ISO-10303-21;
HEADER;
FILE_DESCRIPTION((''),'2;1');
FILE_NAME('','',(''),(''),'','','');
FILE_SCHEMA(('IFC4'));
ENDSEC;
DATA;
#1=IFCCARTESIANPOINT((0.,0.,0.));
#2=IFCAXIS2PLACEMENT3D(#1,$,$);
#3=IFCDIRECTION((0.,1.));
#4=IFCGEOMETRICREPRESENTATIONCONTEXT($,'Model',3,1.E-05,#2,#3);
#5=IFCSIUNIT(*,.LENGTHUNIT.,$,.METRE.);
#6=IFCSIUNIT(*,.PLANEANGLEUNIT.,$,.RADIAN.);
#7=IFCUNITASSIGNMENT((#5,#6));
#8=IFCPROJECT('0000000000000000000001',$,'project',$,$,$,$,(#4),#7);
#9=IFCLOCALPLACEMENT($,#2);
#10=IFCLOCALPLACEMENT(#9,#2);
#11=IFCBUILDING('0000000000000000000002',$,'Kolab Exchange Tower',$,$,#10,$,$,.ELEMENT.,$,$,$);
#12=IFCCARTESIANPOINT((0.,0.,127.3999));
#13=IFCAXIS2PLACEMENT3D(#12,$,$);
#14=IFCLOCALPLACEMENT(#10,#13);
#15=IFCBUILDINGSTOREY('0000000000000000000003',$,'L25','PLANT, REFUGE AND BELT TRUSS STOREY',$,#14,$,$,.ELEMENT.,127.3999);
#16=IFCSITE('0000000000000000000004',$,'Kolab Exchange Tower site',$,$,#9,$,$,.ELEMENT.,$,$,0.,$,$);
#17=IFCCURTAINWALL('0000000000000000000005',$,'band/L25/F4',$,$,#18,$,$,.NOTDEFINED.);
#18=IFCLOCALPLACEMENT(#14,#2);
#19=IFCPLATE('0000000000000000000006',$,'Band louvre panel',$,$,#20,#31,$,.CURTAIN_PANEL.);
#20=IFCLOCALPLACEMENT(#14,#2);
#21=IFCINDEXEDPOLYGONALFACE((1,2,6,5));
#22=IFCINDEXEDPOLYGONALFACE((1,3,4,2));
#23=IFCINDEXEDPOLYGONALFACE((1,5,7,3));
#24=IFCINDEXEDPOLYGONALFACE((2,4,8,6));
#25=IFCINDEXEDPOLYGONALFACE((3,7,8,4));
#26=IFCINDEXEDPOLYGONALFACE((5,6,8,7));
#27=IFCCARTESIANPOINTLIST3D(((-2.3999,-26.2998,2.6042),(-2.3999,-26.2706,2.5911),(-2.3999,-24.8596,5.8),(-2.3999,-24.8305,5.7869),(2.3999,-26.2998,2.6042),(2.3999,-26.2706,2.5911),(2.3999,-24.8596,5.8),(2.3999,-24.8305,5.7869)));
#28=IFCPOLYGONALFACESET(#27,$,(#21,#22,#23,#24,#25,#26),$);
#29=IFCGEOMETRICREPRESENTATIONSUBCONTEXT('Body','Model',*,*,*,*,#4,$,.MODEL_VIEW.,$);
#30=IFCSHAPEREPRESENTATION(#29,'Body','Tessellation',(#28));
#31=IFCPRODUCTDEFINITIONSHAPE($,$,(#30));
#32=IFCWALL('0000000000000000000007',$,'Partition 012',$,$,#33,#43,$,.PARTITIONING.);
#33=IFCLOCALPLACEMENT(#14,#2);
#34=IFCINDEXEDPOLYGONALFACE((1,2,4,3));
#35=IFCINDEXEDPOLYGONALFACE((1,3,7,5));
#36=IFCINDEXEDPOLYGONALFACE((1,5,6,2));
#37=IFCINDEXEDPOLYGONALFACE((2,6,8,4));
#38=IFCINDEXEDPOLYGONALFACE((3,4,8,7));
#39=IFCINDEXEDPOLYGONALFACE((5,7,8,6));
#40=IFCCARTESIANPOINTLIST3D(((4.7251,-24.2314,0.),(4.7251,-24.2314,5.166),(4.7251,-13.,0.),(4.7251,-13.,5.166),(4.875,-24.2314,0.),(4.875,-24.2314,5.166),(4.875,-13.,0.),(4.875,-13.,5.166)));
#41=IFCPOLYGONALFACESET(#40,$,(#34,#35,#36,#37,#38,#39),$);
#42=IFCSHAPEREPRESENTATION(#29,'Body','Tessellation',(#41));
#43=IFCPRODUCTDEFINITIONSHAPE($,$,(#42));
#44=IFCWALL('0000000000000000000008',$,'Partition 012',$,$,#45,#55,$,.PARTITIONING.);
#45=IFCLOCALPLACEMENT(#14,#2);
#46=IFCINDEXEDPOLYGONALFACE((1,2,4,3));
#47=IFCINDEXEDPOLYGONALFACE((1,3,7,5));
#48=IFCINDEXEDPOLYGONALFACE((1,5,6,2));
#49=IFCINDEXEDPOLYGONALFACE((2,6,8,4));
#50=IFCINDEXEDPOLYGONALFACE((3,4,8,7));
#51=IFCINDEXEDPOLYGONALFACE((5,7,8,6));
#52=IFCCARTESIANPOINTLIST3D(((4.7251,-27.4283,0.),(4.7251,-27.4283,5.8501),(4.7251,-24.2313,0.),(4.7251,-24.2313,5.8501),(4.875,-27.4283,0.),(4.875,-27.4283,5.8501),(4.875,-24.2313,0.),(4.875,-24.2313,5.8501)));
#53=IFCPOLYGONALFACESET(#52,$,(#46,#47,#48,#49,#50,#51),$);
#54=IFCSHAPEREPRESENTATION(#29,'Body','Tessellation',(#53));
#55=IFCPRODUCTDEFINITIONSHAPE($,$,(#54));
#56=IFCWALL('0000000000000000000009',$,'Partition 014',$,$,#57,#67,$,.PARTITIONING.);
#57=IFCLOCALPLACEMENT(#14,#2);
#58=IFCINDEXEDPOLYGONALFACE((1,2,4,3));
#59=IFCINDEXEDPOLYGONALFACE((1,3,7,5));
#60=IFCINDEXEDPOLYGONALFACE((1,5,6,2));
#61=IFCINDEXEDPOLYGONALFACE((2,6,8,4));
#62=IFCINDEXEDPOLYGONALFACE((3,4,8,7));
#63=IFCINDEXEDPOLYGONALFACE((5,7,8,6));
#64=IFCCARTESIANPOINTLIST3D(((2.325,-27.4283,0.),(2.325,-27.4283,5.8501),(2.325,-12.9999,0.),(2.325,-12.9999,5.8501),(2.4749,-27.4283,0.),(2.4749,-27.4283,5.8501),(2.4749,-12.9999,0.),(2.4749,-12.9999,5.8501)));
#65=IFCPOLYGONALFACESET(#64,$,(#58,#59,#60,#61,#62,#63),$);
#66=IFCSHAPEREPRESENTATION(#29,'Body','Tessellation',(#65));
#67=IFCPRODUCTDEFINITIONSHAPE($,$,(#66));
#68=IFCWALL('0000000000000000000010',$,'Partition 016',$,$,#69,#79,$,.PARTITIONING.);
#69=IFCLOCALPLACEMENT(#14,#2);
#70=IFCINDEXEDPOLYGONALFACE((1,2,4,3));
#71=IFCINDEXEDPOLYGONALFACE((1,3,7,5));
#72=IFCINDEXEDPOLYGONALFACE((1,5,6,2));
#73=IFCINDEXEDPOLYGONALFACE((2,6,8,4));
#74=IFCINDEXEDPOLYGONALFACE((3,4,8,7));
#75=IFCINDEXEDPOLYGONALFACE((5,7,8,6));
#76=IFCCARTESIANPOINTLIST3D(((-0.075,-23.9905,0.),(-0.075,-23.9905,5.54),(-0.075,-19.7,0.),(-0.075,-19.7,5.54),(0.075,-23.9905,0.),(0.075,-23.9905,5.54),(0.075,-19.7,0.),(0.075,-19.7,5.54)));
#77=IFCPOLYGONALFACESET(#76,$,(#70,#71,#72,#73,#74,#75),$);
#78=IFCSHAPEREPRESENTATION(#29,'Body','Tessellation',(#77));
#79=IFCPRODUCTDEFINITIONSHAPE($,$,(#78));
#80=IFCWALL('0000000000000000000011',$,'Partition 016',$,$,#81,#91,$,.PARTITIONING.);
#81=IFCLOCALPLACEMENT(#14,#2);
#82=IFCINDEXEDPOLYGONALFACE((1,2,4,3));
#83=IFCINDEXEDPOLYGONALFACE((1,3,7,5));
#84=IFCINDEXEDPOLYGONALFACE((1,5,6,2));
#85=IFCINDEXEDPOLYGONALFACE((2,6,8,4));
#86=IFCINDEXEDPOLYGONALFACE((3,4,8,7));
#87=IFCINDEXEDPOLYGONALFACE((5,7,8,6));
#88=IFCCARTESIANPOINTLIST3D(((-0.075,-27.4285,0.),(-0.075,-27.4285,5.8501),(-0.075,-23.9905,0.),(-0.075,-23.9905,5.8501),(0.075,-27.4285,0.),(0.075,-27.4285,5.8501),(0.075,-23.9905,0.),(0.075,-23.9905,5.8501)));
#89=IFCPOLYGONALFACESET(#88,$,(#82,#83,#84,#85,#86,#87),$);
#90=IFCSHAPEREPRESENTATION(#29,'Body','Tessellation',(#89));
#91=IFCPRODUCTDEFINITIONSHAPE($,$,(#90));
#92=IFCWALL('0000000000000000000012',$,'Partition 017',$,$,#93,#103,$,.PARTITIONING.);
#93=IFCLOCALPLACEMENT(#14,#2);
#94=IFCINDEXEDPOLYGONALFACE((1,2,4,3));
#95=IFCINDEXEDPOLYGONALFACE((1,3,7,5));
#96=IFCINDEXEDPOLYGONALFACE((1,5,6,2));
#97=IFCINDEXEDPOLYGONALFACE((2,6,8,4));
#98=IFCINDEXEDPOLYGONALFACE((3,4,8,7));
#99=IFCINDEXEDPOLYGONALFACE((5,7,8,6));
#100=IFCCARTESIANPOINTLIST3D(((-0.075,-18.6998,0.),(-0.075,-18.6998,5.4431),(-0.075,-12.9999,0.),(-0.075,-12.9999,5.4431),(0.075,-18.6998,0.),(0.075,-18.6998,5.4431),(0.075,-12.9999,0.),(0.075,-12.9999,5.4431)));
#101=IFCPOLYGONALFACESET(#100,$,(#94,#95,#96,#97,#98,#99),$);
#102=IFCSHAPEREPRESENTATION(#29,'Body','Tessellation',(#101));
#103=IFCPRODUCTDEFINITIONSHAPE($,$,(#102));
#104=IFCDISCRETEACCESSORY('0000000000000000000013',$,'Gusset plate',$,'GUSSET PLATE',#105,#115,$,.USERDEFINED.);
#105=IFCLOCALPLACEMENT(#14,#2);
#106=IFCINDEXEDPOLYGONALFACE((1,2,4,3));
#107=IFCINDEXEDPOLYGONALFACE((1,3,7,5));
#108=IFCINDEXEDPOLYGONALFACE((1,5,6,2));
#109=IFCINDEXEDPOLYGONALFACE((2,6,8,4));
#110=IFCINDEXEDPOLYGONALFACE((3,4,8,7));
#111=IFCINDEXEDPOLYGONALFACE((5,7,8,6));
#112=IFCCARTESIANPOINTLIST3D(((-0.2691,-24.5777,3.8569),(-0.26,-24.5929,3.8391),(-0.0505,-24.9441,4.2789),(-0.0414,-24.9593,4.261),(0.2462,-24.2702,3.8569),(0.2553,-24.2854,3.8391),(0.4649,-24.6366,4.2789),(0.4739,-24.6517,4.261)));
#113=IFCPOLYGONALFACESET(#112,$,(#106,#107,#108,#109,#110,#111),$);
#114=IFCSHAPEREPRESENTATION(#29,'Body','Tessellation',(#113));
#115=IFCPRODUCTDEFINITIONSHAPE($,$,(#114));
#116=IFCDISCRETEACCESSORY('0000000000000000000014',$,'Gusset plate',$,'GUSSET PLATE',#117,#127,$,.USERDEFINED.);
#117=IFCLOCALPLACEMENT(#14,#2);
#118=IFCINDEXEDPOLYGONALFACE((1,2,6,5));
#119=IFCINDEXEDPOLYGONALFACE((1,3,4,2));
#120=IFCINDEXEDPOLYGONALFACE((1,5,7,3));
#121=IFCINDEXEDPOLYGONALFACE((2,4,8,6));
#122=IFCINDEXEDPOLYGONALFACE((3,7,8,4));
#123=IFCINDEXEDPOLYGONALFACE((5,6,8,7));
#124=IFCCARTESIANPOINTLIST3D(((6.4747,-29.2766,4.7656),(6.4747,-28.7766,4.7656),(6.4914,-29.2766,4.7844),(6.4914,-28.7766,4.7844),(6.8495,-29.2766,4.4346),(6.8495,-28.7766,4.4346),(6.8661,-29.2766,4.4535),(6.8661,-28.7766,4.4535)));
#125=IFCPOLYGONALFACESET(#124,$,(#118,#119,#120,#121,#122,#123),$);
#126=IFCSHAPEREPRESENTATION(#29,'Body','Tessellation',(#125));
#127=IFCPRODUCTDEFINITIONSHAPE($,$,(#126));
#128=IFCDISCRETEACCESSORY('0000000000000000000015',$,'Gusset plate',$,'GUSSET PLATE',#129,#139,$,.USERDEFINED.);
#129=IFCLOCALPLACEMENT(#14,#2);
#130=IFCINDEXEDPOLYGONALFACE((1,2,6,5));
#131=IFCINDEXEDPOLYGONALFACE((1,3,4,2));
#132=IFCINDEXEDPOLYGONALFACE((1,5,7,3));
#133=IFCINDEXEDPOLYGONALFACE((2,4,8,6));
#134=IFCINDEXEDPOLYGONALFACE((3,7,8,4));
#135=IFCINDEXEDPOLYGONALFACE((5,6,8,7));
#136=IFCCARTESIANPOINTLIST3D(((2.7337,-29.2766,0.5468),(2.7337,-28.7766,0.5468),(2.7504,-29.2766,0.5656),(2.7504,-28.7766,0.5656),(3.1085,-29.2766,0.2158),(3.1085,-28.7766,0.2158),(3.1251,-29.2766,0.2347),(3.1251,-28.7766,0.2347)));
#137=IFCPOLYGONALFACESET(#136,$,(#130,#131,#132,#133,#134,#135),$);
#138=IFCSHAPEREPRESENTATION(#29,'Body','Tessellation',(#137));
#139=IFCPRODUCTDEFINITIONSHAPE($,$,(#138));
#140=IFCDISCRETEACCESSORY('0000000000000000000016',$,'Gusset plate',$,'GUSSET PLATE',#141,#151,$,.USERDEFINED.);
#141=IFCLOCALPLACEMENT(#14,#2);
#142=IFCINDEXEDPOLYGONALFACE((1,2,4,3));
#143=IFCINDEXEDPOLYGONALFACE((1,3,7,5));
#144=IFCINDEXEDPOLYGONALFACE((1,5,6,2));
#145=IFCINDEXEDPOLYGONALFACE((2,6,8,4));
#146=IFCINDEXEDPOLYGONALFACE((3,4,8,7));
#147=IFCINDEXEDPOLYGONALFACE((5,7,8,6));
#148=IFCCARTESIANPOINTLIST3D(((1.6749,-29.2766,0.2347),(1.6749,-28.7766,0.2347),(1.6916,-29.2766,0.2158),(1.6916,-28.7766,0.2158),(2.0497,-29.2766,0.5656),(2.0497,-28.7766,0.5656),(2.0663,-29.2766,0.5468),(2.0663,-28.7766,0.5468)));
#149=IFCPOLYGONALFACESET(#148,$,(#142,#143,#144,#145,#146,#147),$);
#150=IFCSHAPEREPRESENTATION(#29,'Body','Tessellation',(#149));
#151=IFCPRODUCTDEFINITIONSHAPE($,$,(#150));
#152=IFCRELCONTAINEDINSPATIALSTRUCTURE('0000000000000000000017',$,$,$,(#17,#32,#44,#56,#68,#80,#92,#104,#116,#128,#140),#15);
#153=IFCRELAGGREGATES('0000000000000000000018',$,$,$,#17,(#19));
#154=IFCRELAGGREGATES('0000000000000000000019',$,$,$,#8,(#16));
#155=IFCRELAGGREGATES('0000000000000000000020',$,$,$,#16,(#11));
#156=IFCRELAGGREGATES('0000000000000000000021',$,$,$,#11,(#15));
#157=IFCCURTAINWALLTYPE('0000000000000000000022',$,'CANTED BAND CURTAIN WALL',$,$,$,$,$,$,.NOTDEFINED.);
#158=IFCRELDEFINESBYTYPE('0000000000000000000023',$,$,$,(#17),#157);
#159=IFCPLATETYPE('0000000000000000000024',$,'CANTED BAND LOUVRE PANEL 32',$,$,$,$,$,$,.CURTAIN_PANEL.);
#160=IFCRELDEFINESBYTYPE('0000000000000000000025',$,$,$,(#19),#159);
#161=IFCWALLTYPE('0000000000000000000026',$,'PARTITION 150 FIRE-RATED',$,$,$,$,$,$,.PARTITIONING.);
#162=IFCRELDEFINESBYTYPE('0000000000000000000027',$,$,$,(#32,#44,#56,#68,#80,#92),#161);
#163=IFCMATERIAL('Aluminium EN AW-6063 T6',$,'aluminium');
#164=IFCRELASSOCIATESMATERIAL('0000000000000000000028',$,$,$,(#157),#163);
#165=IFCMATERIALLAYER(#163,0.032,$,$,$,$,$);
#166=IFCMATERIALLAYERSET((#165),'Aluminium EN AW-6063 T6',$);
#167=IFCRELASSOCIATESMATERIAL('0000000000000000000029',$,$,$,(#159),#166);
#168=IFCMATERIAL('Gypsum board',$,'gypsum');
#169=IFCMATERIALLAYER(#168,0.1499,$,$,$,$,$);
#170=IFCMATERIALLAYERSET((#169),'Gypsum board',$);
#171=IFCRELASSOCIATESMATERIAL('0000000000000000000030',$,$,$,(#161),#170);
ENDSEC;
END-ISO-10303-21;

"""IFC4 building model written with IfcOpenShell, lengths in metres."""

from ifc_helpers import new_model, si_unit, direction, frame, frame_2d, origin, origin_2d, place, context, subcontext, project, spatial, polyline, rectangle, outline, extrude, material, layer, layer_set, type_object, element, aggregate, save


model = new_model("IFC4")

# Units and contexts
model_context = context("Model", 3, precision=1e-05, world=origin(), true_north=direction((0.0, 1.0)))
body_context = subcontext(model_context, "Body", "Model", "MODEL_VIEW")
ifc_project = project(units=[si_unit("LENGTHUNIT", "METRE"), si_unit("PLANEANGLEUNIT", "RADIAN")], contexts=[model_context])

# Site, building, storey
site_placement = place(None, origin())
site = spatial("IfcSite", under=ifc_project, at=site_placement, Name="Kolab Exchange Tower site", CompositionType="ELEMENT", RefElevation=0.0)
building_placement = place(site_placement, origin())
building = spatial("IfcBuilding", under=site, at=building_placement, Name="Kolab Exchange Tower", CompositionType="ELEMENT")
storey_placement = place(building_placement, frame((0.0, 0.0, 127.3999)))
storey = spatial("IfcBuildingStorey", under=building, at=storey_placement, Name="L25", Description="PLANT, REFUGE AND BELT TRUSS STOREY", CompositionType="ELEMENT", Elevation=127.3999)

# Curtain wall
ifc_material_1 = material(Name="Aluminium EN AW-6063 T6", Category="aluminium")
curtain_wall_type = type_object("IfcCurtainWallType", Name="CANTED BAND CURTAIN WALL", PredefinedType="NOTDEFINED", material=ifc_material_1)
curtain_wall_placement = place(storey_placement, origin())
curtain_wall = element("IfcCurtainWall", 1, at=curtain_wall_placement, inside=storey, type_object=curtain_wall_type, Name="band/L25/F4", PredefinedType="NOTDEFINED")

# Plate
ifc_layer_1 = layer(ifc_material_1, 0.032)
ifc_layer_set_1 = layer_set([ifc_layer_1], Name="Aluminium EN AW-6063 T6")
plate_type = type_object("IfcPlateType", Name="CANTED BAND LOUVRE PANEL 32", PredefinedType="CURTAIN_PANEL", material=ifc_layer_set_1)
plate_placement = place(storey_placement, frame((2.3999, -26.2998, 2.6042), z_axis=(0.0, -0.9117, 0.410857), x_axis=(-1.0, 0.0, 0.0)))
plate = element("IfcPlate", 2, at=plate_placement, type_object=plate_type, Name="Band louvre panel", PredefinedType="CURTAIN_PANEL", context=body_context, shape_type="SweptSolid", body=[
    extrude(outline(polyline([(0.0, 0.0), (4.7998, 0.0), (4.7998, -3.5053), (0.0, -3.5053), (0.0, 0.0)])), origin(), (0.0, 0.0, -1.0), 0.032),
])
aggregate(curtain_wall, [plate])

# Walls
ifc_material_2 = material(Name="Gypsum board", Category="gypsum")
ifc_layer_2 = layer(ifc_material_2, 0.1499)
ifc_layer_set_2 = layer_set([ifc_layer_2], Name="Gypsum board")
wall_type = type_object("IfcWallType", Name="PARTITION 150 FIRE-RATED", PredefinedType="PARTITIONING", material=ifc_layer_set_2)
wall_1_placement = place(storey_placement, frame((4.8, -24.2314, 0.0), z_axis=(0.0, 0.0, 1.0), x_axis=(0.0, 1.0, 0.0)))
element("IfcWall", 3, at=wall_1_placement, inside=storey, type_object=wall_type, Name="Partition 012", PredefinedType="PARTITIONING", context=body_context, shape_type="SweptSolid", body=[
    extrude(rectangle(XDim=11.2314, YDim=0.1499, at=frame_2d((5.6157, 0.0))), origin(), (0.0, 0.0, 1.0), 5.166),
])
wall_2_placement = place(storey_placement, frame((4.8, -27.4285, 0.0), z_axis=(0.0, 0.0, 1.0), x_axis=(0.0, 1.0, 0.0)))
element("IfcWall", 4, at=wall_2_placement, inside=storey, type_object=wall_type, Name="Partition 012", PredefinedType="PARTITIONING", context=body_context, shape_type="SweptSolid", body=[
    extrude(rectangle(XDim=3.197, YDim=0.1499, at=frame_2d((1.5986, 0.0))), origin(), (0.0, 0.0, 1.0), 5.8501),
])
wall_3_placement = place(storey_placement, frame((2.3999, -27.4285, 0.0), z_axis=(0.0, 0.0, 1.0), x_axis=(0.0, 1.0, 0.0)))
element("IfcWall", 5, at=wall_3_placement, inside=storey, type_object=wall_type, Name="Partition 014", PredefinedType="PARTITIONING", context=body_context, shape_type="SweptSolid", body=[
    extrude(rectangle(XDim=14.4285, YDim=0.1499, at=frame_2d((7.2144, 0.0))), origin(), (0.0, 0.0, 1.0), 5.8501),
])
wall_4_placement = place(storey_placement, frame((0.0, -23.9905, 0.0), z_axis=(0.0, 0.0, 1.0), x_axis=(0.0, 1.0, 0.0)))
element("IfcWall", 6, at=wall_4_placement, inside=storey, type_object=wall_type, Name="Partition 016", PredefinedType="PARTITIONING", context=body_context, shape_type="SweptSolid", body=[
    extrude(rectangle(XDim=4.2905, YDim=0.1499, at=frame_2d((2.1453, 0.0))), origin(), (0.0, 0.0, 1.0), 5.54),
])
wall_5_placement = place(storey_placement, frame((0.0, -27.4285, 0.0), z_axis=(0.0, 0.0, 1.0), x_axis=(0.0, 1.0, 0.0)))
element("IfcWall", 7, at=wall_5_placement, inside=storey, type_object=wall_type, Name="Partition 016", PredefinedType="PARTITIONING", context=body_context, shape_type="SweptSolid", body=[
    extrude(rectangle(XDim=3.438, YDim=0.1499, at=frame_2d((1.719, 0.0))), origin(), (0.0, 0.0, 1.0), 5.8501),
])
wall_6_placement = place(storey_placement, frame((0.0, -18.7, 0.0), z_axis=(0.0, 0.0, 1.0), x_axis=(0.0, 1.0, 0.0)))
element("IfcWall", 8, at=wall_6_placement, inside=storey, type_object=wall_type, Name="Partition 017", PredefinedType="PARTITIONING", context=body_context, shape_type="SweptSolid", body=[
    extrude(rectangle(XDim=5.7, YDim=0.1499, at=frame_2d((2.8501, 0.0))), origin(), (0.0, 0.0, 1.0), 5.4431),
])

# Discrete accessories
discrete_accessory_placement = place(storey_placement, frame((0.1069, -24.6223, 4.05), z_axis=(-0.360363, 0.603852, 0.710986), x_axis=(-0.858713, -0.512458, 0.0)))
element("IfcDiscreteAccessory", 9, at=discrete_accessory_placement, inside=storey, Name="Gusset plate", ObjectType="GUSSET PLATE", PredefinedType="USERDEFINED", context=body_context, shape_type="SweptSolid", body=[
    extrude(rectangle(XDim=0.6001, YDim=0.6001, at=origin_2d()), origin(), (0.0, 0.0, 1.0), 0.0251),
])
for number, where, z_axis, x_axis, name in (
    (10, (6.6621, -29.0266, 4.6001), (0.661944, 0.0, 0.749554), (0.0, 1.0, 0.0), "Gusset plate"),
    (11, (2.9377, -29.0266, 0.4001), (-0.661944, 0.0, -0.749554), (0.0, -1.0, 0.0), "Gusset plate"),
    (12, (1.8623, -29.0266, 0.4001), (0.661944, 0.0, -0.749554), (0.0, 1.0, 0.0), "Gusset plate"),
):
    element("IfcDiscreteAccessory", number, at=place(storey_placement, frame(where, z_axis=z_axis, x_axis=x_axis)), inside=storey, Name=name, ObjectType="GUSSET PLATE", PredefinedType="USERDEFINED", context=body_context, shape_type="SweptSolid", body=[
        extrude(rectangle(XDim=0.5, YDim=0.5, at=origin_2d()), origin(), (0.0, 0.0, 1.0), 0.0251),
    ])

save(model, "model.ifc")
